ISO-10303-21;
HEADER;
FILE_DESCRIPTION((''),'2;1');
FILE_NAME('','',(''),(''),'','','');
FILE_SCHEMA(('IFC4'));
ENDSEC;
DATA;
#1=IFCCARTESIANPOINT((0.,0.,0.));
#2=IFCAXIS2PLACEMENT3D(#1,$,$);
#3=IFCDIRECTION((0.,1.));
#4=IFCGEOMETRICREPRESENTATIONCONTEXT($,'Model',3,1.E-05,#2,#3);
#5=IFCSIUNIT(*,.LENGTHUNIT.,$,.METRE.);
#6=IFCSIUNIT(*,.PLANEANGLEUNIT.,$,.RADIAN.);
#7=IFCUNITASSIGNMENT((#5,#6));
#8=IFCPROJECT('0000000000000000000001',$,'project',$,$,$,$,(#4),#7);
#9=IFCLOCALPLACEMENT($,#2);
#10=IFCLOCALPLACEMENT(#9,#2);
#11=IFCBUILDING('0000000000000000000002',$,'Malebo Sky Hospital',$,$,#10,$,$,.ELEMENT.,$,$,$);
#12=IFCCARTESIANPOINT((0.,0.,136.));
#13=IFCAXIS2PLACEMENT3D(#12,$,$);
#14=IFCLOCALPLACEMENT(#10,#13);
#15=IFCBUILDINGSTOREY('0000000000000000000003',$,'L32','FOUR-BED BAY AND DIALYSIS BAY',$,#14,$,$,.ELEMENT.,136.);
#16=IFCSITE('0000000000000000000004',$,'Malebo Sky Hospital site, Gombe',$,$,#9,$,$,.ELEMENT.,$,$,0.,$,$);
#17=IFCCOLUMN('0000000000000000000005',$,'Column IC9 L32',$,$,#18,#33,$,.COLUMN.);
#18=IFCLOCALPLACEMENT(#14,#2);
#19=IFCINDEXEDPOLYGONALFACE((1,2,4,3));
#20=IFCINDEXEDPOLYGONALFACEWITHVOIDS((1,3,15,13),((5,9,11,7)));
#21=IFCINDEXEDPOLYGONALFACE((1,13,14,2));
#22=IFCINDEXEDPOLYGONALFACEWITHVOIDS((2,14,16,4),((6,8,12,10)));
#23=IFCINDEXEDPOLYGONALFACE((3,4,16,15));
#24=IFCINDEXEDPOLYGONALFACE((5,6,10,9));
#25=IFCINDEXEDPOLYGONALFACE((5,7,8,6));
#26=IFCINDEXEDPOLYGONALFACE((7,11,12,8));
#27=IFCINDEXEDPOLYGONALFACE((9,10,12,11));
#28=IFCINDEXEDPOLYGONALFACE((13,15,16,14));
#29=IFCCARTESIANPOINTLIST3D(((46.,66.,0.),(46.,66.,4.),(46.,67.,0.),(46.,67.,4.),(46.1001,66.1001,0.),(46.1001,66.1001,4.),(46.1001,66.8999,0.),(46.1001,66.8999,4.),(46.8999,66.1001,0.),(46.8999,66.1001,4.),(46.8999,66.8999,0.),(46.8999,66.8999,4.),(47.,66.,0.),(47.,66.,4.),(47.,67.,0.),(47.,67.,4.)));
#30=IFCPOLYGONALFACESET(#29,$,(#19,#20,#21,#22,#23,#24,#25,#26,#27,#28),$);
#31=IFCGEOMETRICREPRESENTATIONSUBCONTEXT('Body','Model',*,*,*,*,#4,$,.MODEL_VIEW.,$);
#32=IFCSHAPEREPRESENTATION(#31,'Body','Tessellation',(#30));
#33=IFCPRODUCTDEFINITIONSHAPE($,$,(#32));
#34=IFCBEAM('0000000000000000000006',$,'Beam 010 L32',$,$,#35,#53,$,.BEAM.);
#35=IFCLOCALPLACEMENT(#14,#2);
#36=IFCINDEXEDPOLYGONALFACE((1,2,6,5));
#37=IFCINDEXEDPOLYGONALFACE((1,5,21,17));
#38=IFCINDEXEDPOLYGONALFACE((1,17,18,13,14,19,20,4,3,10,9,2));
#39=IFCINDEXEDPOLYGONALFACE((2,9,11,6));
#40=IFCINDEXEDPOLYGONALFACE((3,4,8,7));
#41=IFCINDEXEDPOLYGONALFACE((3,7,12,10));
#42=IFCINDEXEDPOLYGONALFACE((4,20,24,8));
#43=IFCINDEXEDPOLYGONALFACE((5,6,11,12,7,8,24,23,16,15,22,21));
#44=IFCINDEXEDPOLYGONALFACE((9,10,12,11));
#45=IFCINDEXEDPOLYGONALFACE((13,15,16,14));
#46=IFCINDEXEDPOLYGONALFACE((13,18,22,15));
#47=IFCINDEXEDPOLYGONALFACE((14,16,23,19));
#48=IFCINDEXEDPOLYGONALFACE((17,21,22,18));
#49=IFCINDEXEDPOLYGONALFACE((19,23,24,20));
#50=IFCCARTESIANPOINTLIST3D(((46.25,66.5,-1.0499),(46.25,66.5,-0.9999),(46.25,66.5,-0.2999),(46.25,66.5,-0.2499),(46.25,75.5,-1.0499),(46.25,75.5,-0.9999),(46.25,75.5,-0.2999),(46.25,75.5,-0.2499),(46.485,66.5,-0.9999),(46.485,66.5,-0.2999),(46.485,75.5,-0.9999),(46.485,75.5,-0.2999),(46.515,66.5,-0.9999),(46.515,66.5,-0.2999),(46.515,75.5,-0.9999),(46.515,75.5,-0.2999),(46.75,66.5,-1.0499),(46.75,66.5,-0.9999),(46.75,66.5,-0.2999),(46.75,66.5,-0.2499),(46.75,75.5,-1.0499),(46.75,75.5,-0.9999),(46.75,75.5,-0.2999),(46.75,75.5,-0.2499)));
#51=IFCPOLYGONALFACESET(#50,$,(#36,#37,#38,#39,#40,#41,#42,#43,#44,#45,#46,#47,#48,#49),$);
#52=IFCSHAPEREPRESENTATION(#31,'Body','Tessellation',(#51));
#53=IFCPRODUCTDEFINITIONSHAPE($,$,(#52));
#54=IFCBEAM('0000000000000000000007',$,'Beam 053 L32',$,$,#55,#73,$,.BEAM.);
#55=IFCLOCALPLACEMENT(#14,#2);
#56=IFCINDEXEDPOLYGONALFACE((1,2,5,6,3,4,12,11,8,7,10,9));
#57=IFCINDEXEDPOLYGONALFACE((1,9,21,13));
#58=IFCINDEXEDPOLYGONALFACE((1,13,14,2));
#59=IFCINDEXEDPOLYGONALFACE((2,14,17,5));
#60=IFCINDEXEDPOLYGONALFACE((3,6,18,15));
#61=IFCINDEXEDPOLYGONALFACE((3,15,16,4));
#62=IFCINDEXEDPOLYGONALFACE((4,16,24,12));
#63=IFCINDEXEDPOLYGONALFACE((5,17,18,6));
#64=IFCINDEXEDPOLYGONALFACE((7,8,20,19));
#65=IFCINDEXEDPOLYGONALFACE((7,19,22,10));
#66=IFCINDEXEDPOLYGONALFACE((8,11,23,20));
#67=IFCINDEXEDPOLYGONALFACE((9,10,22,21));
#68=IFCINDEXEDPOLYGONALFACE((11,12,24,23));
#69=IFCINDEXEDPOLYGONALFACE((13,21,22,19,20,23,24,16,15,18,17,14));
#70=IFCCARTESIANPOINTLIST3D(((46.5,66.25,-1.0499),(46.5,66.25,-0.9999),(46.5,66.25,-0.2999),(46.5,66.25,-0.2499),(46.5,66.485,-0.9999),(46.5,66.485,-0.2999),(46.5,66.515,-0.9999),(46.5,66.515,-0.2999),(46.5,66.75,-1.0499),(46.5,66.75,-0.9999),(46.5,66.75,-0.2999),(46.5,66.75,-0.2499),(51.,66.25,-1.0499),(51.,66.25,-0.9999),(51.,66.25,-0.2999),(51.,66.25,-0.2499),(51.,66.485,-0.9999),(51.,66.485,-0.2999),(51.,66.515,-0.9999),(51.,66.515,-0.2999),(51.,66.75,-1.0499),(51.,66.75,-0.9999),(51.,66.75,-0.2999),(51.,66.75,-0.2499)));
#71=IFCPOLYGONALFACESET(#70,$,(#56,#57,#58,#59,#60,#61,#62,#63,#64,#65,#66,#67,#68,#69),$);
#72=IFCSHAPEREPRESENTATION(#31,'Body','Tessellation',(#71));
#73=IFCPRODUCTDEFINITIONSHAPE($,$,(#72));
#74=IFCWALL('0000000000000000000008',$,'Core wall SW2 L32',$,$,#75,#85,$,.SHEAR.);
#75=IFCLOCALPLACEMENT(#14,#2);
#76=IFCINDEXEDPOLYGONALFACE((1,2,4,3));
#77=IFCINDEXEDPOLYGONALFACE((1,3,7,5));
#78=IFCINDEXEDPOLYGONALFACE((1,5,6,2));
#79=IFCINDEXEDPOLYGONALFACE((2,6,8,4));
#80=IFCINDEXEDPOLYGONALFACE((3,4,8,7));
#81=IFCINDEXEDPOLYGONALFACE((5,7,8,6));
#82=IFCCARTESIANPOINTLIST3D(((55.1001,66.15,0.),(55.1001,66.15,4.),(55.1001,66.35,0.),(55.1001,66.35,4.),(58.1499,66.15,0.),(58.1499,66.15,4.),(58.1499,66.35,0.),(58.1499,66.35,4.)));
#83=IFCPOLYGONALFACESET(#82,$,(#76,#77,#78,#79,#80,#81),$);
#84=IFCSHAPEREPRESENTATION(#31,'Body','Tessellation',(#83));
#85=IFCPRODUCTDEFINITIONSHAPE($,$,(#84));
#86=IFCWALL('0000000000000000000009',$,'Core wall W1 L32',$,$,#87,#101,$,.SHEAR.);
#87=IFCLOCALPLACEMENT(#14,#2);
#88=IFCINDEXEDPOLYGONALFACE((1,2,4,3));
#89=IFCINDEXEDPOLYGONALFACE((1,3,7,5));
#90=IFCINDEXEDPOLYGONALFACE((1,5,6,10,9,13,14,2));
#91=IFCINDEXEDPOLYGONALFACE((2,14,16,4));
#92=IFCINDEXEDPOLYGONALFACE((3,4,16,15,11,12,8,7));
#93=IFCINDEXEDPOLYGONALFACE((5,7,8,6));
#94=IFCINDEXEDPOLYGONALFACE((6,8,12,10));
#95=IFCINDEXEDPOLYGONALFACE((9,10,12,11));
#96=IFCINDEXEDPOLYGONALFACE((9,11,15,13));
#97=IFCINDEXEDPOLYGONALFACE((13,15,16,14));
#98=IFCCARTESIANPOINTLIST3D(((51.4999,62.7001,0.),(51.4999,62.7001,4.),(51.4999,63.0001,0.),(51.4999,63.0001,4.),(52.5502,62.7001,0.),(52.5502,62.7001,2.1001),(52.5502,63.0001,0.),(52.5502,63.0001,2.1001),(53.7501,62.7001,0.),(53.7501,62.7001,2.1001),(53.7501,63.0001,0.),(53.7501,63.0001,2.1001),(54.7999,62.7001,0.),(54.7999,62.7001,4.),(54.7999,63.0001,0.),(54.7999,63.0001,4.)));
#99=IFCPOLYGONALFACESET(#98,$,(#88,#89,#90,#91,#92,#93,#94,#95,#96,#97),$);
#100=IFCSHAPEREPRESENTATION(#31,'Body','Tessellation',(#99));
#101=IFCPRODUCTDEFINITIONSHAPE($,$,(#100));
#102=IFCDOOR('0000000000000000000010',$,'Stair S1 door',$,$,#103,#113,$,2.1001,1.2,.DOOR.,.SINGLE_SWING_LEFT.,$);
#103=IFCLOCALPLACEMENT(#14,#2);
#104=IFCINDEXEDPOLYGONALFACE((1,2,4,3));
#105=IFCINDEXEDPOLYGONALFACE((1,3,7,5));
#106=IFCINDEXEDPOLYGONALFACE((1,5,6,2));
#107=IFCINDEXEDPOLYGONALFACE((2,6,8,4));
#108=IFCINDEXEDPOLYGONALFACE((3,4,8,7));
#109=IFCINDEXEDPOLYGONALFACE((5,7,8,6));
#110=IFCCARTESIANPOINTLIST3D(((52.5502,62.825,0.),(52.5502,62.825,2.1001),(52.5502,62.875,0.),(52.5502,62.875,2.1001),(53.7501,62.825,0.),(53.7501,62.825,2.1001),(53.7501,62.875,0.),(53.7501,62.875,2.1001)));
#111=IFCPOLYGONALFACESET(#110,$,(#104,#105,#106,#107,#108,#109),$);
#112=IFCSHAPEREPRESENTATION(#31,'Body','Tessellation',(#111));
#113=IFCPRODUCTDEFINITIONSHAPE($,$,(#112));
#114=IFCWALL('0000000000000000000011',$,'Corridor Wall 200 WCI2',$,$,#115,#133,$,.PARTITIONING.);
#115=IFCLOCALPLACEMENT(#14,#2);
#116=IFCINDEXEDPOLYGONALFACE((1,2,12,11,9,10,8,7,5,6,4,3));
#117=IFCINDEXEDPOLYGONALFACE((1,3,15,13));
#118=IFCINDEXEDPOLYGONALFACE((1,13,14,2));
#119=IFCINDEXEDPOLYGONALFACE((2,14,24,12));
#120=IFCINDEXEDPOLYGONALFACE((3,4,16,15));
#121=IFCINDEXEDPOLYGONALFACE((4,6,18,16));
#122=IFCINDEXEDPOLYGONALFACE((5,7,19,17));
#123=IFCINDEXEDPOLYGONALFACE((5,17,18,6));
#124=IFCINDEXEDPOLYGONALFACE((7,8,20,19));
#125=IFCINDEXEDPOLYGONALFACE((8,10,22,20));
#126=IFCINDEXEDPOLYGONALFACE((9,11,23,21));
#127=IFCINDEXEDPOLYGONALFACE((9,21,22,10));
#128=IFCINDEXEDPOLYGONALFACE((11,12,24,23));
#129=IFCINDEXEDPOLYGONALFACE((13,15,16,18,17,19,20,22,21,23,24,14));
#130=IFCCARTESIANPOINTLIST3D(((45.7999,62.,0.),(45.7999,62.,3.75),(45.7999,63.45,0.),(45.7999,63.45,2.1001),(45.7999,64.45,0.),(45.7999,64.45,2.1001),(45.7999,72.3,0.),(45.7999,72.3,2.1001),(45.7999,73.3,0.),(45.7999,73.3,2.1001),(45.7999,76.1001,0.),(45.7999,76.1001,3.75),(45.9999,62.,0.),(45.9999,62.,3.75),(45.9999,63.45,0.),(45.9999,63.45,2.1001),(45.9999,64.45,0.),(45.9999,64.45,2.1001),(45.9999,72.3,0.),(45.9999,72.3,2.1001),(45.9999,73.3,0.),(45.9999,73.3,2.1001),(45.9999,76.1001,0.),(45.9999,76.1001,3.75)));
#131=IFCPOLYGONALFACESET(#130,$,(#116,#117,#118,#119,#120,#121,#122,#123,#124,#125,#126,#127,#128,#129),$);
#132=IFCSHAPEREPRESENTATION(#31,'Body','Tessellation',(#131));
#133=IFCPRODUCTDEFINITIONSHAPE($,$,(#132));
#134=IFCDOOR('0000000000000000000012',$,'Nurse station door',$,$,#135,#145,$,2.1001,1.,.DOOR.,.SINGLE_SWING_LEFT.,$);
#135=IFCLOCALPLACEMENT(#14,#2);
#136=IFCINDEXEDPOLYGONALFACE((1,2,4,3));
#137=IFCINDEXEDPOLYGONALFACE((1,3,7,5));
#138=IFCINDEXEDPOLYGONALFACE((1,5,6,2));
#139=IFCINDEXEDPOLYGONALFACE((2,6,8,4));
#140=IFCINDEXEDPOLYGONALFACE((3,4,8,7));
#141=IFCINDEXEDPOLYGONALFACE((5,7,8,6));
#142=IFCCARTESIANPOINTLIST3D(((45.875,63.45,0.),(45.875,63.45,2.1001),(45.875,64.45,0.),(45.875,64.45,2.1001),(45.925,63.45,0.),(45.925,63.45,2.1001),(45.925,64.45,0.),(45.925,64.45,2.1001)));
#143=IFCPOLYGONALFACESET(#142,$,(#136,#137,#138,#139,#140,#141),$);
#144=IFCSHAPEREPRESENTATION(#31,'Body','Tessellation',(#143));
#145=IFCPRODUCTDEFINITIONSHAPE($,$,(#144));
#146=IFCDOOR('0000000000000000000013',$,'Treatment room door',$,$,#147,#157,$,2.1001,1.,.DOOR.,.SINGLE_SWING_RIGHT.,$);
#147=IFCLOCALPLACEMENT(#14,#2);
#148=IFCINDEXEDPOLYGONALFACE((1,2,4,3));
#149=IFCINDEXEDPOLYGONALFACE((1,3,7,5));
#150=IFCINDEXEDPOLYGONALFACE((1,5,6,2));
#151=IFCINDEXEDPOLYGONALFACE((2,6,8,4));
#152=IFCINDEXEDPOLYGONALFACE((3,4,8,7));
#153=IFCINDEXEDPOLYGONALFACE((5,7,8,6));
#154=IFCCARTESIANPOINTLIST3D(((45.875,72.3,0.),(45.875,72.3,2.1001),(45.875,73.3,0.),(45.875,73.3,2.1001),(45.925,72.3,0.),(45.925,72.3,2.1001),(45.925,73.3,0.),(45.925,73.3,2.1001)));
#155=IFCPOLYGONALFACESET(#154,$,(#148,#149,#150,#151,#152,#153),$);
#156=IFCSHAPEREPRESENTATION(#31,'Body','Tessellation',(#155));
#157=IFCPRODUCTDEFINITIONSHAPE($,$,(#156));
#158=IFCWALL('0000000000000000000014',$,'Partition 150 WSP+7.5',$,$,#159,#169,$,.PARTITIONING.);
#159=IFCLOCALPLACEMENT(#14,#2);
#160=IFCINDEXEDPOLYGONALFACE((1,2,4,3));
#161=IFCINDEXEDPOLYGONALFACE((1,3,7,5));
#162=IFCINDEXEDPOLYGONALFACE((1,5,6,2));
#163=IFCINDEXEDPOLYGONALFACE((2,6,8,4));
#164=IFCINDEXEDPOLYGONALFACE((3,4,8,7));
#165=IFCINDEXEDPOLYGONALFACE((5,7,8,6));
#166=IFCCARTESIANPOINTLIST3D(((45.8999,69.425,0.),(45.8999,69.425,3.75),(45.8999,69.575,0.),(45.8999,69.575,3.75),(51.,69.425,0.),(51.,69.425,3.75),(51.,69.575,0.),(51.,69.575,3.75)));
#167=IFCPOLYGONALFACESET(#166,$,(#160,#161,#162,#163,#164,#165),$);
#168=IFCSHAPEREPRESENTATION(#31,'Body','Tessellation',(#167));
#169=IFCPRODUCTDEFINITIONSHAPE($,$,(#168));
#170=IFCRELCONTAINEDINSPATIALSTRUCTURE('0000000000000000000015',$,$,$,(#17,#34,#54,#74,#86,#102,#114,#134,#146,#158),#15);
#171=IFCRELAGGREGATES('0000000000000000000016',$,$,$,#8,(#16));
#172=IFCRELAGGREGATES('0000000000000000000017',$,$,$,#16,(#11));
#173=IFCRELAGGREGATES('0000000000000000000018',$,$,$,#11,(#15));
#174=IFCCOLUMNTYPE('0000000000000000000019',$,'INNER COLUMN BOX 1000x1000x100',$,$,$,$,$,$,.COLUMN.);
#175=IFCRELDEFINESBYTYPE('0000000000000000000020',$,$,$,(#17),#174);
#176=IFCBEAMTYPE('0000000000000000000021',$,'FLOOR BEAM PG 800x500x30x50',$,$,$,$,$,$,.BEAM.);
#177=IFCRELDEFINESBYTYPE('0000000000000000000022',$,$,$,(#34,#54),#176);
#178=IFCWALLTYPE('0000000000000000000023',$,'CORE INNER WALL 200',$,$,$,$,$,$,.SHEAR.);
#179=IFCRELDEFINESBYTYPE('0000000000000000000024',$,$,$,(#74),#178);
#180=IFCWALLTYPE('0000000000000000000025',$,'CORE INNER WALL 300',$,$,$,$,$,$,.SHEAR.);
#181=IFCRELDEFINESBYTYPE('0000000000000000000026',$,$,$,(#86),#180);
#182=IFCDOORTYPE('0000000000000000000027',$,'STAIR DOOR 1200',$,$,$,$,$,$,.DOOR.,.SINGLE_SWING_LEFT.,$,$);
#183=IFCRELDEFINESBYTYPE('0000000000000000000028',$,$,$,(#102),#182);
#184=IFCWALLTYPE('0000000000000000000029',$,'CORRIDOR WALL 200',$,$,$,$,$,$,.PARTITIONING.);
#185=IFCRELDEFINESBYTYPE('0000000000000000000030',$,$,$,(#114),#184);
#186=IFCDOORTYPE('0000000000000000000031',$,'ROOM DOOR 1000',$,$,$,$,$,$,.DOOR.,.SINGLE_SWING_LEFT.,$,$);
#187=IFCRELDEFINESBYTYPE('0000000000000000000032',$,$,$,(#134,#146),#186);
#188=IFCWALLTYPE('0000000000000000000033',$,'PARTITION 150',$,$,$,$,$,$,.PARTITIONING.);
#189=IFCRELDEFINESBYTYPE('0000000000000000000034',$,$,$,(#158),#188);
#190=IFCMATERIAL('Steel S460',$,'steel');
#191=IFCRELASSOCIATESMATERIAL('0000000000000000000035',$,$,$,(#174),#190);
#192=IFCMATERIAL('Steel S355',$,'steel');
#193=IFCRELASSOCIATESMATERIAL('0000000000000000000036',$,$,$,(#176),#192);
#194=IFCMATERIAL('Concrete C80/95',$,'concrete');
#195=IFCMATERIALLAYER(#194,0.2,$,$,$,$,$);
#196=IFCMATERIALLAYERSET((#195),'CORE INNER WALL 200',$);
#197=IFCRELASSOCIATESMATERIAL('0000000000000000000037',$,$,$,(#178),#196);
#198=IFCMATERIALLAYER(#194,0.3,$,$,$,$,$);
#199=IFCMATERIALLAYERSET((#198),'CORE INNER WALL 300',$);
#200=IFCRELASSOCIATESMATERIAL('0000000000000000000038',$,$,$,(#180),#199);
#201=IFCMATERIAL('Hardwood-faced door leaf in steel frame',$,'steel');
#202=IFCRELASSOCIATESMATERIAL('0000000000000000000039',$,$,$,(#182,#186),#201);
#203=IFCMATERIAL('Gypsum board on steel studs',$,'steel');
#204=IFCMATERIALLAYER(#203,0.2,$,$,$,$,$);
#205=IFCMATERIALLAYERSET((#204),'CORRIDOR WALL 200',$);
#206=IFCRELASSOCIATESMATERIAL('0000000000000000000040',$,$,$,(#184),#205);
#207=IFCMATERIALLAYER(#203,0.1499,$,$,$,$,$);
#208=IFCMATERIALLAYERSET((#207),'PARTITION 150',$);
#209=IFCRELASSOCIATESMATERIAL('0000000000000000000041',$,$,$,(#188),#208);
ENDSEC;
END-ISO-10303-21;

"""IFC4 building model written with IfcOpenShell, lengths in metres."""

from ifc_helpers import new_model, si_unit, direction, frame, frame_2d, origin, origin_2d, place, context, subcontext, project, spatial, rectangle, hollow_rectangle, i_section, extrude, material, layer, layer_set, material_profile, profile_set, type_object, element, fill, save


model = new_model("IFC4")

# Units and contexts
model_context = context("Model", 3, precision=1e-05, world=origin(), true_north=direction((0.0, 1.0)))
body_context = subcontext(model_context, "Body", "Model", "MODEL_VIEW")
ifc_project = project(units=[si_unit("LENGTHUNIT", "METRE"), si_unit("PLANEANGLEUNIT", "RADIAN")], contexts=[model_context])

# Site, building, storey
site_placement = place(None, origin())
site = spatial("IfcSite", under=ifc_project, at=site_placement, Name="Malebo Sky Hospital site, Gombe", CompositionType="ELEMENT", RefElevation=0.0)
building_placement = place(site_placement, origin())
building = spatial("IfcBuilding", under=site, at=building_placement, Name="Malebo Sky Hospital", CompositionType="ELEMENT")
storey_placement = place(building_placement, frame((0.0, 0.0, 136.0)))
storey = spatial("IfcBuildingStorey", under=building, at=storey_placement, Name="L32", Description="FOUR-BED BAY AND DIALYSIS BAY", CompositionType="ELEMENT", Elevation=136.0)

# Column
ifc_material_1 = material(Name="Steel S460", Category="steel")
ifc_material_profile_1 = material_profile(ifc_material_1, hollow_rectangle(XDim=1.0, YDim=1.0, WallThickness=0.1001, at=origin_2d()), Name="BOX 1000x1000x100")
ifc_profile_set_1 = profile_set([ifc_material_profile_1], Name="Steel S460")
column_type = type_object("IfcColumnType", Name="INNER COLUMN BOX 1000x1000x100", PredefinedType="COLUMN", material=ifc_profile_set_1)
column_placement = place(storey_placement, frame((46.5, 66.5, 0.0), z_axis=(0.0, 0.0, 1.0), x_axis=(1.0, 0.0, 0.0)))
element("IfcColumn", 1, at=column_placement, inside=storey, type_object=column_type, Name="Column IC9 L32", PredefinedType="COLUMN", context=body_context, shape_type="SweptSolid", body=[
    extrude(hollow_rectangle(XDim=1.0, YDim=1.0, WallThickness=0.1001, at=origin_2d()), origin(), (0.0, 0.0, 1.0), 4.0),
])

# Beams
ifc_material_2 = material(Name="Steel S355", Category="steel")
ifc_material_profile_2 = material_profile(ifc_material_2, i_section(OverallWidth=0.5, OverallDepth=0.8, WebThickness=0.03, FlangeThickness=0.05, at=origin_2d()), Name="PG 800x500x30x50")
ifc_profile_set_2 = profile_set([ifc_material_profile_2], Name="Steel S355")
beam_type = type_object("IfcBeamType", Name="FLOOR BEAM PG 800x500x30x50", PredefinedType="BEAM", material=ifc_profile_set_2)
beam_1_placement = place(storey_placement, frame((46.5, 66.5, -0.6499), z_axis=(0.0, 1.0, 0.0), x_axis=(-1.0, 0.0, 0.0)))
element("IfcBeam", 2, at=beam_1_placement, inside=storey, type_object=beam_type, Name="Beam 010 L32", PredefinedType="BEAM", context=body_context, shape_type="SweptSolid", body=[
    extrude(i_section(OverallWidth=0.5, OverallDepth=0.8, WebThickness=0.03, FlangeThickness=0.05, at=origin_2d()), origin(), (0.0, 0.0, 1.0), 9.0),
])
beam_2_placement = place(storey_placement, frame((46.5, 66.5, -0.6499), z_axis=(1.0, 0.0, 0.0), x_axis=(0.0, 1.0, 0.0)))
element("IfcBeam", 3, at=beam_2_placement, inside=storey, type_object=beam_type, Name="Beam 053 L32", PredefinedType="BEAM", context=body_context, shape_type="SweptSolid", body=[
    extrude(i_section(OverallWidth=0.5, OverallDepth=0.8, WebThickness=0.03, FlangeThickness=0.05, at=origin_2d()), origin(), (0.0, 0.0, 1.0), 4.5),
])

# Wall
ifc_material_3 = material(Name="Concrete C80/95", Category="concrete")
ifc_layer_1 = layer(ifc_material_3, 0.2)
ifc_layer_set_1 = layer_set([ifc_layer_1], Name="CORE INNER WALL 200")
wall_type_1 = type_object("IfcWallType", Name="CORE INNER WALL 200", PredefinedType="SHEAR", material=ifc_layer_set_1)
wall_1_placement = place(storey_placement, frame((55.1001, 66.25, 0.0), z_axis=(0.0, 0.0, 1.0), x_axis=(1.0, 0.0, 0.0)))
element("IfcWall", 4, at=wall_1_placement, inside=storey, type_object=wall_type_1, Name="Core wall SW2 L32", PredefinedType="SHEAR", context=body_context, shape_type="SweptSolid", body=[
    extrude(rectangle(XDim=3.0498, YDim=0.2, at=frame_2d((1.5249, 0.0))), origin(), (0.0, 0.0, 1.0), 4.0),
])

# Wall, opening, door
ifc_layer_2 = layer(ifc_material_3, 0.3)
ifc_layer_set_2 = layer_set([ifc_layer_2], Name="CORE INNER WALL 300")
wall_type_2 = type_object("IfcWallType", Name="CORE INNER WALL 300", PredefinedType="SHEAR", material=ifc_layer_set_2)
wall_2_placement = place(storey_placement, frame((51.5, 62.8501, 0.0), z_axis=(0.0, 0.0, 1.0), x_axis=(1.0, 0.0, 0.0)))
wall_2 = element("IfcWall", 5, at=wall_2_placement, inside=storey, type_object=wall_type_2, Name="Core wall W1 L32", PredefinedType="SHEAR", context=body_context, shape_type="SweptSolid", body=[
    extrude(rectangle(XDim=3.3, YDim=0.3, at=frame_2d((1.6499, 0.0))), origin(), (0.0, 0.0, 1.0), 4.0),
])
opening_1_placement = place(wall_2_placement, frame((1.05, 0.0, 0.0)))
opening_1 = element("IfcOpeningElement", 6, at=opening_1_placement, cuts=wall_2, PredefinedType="OPENING", context=body_context, shape_type="SweptSolid", body=[
    extrude(rectangle(XDim=1.2, YDim=2.1001, at=frame_2d((0.6001, 1.05))), frame((0.0, 0.1599, 0.0), z_axis=(0.0, -1.0, 0.0), x_axis=(1.0, 0.0, 0.0)), (0.0, 0.0, 1.0), 0.3201),
])
ifc_material_4 = material(Name="Hardwood-faced door leaf in steel frame", Category="steel")
door_type_1 = type_object("IfcDoorType", Name="STAIR DOOR 1200", OperationType="SINGLE_SWING_LEFT", PredefinedType="DOOR", material=ifc_material_4)
door_1_placement = place(opening_1_placement, origin())
door_1 = element("IfcDoor", 7, at=door_1_placement, inside=storey, type_object=door_type_1, Name="Stair S1 door", OperationType="SINGLE_SWING_LEFT", OverallHeight=2.1001, OverallWidth=1.2, PredefinedType="DOOR", context=body_context, shape_type="SweptSolid", body=[
    extrude(rectangle(XDim=1.2, YDim=2.1001, at=frame_2d((0.6001, 1.05))), frame((0.0, 0.0249, 0.0), z_axis=(0.0, -1.0, 0.0), x_axis=(1.0, 0.0, 0.0)), (0.0, 0.0, 1.0), 0.05),
])
fill(opening_1, door_1)

# Wall, openings, doors
ifc_material_5 = material(Name="Gypsum board on steel studs", Category="steel")
ifc_layer_3 = layer(ifc_material_5, 0.2)
ifc_layer_set_3 = layer_set([ifc_layer_3], Name="CORRIDOR WALL 200")
wall_type_3 = type_object("IfcWallType", Name="CORRIDOR WALL 200", PredefinedType="PARTITIONING", material=ifc_layer_set_3)
wall_3_placement = place(storey_placement, frame((45.8999, 62.0, 0.0), z_axis=(0.0, 0.0, 1.0), x_axis=(0.0, 1.0, 0.0)))
wall_3 = element("IfcWall", 8, at=wall_3_placement, inside=storey, type_object=wall_type_3, Name="Corridor Wall 200 WCI2", PredefinedType="PARTITIONING", context=body_context, shape_type="SweptSolid", body=[
    extrude(rectangle(XDim=14.1001, YDim=0.2, at=frame_2d((7.05, 0.0))), origin(), (0.0, 0.0, 1.0), 3.75),
])
opening_2_placement = place(wall_3_placement, frame((1.45, 0.0, 0.0)))
opening_2 = element("IfcOpeningElement", 9, at=opening_2_placement, cuts=wall_3, PredefinedType="OPENING", context=body_context, shape_type="SweptSolid", body=[
    extrude(rectangle(XDim=1.0, YDim=2.1001, at=frame_2d((0.5, 1.05))), frame((0.0, 0.1099, 0.0), z_axis=(0.0, -1.0, 0.0), x_axis=(1.0, 0.0, 0.0)), (0.0, 0.0, 1.0), 0.22),
])
opening_3_placement = place(wall_3_placement, frame((10.3, 0.0, 0.0)))
opening_3 = element("IfcOpeningElement", 10, at=opening_3_placement, cuts=wall_3, PredefinedType="OPENING", context=body_context, shape_type="SweptSolid", body=[
    extrude(rectangle(XDim=1.0, YDim=2.1001, at=frame_2d((0.5, 1.05))), frame((0.0, 0.1099, 0.0), z_axis=(0.0, -1.0, 0.0), x_axis=(1.0, 0.0, 0.0)), (0.0, 0.0, 1.0), 0.22),
])
door_type_2 = type_object("IfcDoorType", Name="ROOM DOOR 1000", OperationType="SINGLE_SWING_LEFT", PredefinedType="DOOR", material=ifc_material_4)
door_2_placement = place(opening_2_placement, origin())
door_2 = element("IfcDoor", 11, at=door_2_placement, inside=storey, type_object=door_type_2, Name="Nurse station door", OperationType="SINGLE_SWING_LEFT", OverallHeight=2.1001, OverallWidth=1.0, PredefinedType="DOOR", context=body_context, shape_type="SweptSolid", body=[
    extrude(rectangle(XDim=1.0, YDim=2.1001, at=frame_2d((0.5, 1.05))), frame((0.0, 0.0249, 0.0), z_axis=(0.0, -1.0, 0.0), x_axis=(1.0, 0.0, 0.0)), (0.0, 0.0, 1.0), 0.05),
])
fill(opening_2, door_2)
door_3_placement = place(opening_3_placement, origin())
door_3 = element("IfcDoor", 12, at=door_3_placement, inside=storey, type_object=door_type_2, Name="Treatment room door", OperationType="SINGLE_SWING_RIGHT", OverallHeight=2.1001, OverallWidth=1.0, PredefinedType="DOOR", context=body_context, shape_type="SweptSolid", body=[
    extrude(rectangle(XDim=1.0, YDim=2.1001, at=frame_2d((0.5, 1.05))), frame((0.0, 0.0249, 0.0), z_axis=(0.0, -1.0, 0.0), x_axis=(1.0, 0.0, 0.0)), (0.0, 0.0, 1.0), 0.05),
])
fill(opening_3, door_3)

# Wall
ifc_layer_4 = layer(ifc_material_5, 0.1499)
ifc_layer_set_4 = layer_set([ifc_layer_4], Name="PARTITION 150")
wall_type_4 = type_object("IfcWallType", Name="PARTITION 150", PredefinedType="PARTITIONING", material=ifc_layer_set_4)
wall_4_placement = place(storey_placement, frame((51.0, 69.5, 0.0), z_axis=(0.0, 0.0, 1.0), x_axis=(-1.0, 0.0, 0.0)))
element("IfcWall", 13, at=wall_4_placement, inside=storey, type_object=wall_type_4, Name="Partition 150 WSP+7.5", PredefinedType="PARTITIONING", context=body_context, shape_type="SweptSolid", body=[
    extrude(rectangle(XDim=5.1001, YDim=0.1499, at=frame_2d((2.55, 0.0))), origin(), (0.0, 0.0, 1.0), 3.75),
])

save(model, "model.ifc")
